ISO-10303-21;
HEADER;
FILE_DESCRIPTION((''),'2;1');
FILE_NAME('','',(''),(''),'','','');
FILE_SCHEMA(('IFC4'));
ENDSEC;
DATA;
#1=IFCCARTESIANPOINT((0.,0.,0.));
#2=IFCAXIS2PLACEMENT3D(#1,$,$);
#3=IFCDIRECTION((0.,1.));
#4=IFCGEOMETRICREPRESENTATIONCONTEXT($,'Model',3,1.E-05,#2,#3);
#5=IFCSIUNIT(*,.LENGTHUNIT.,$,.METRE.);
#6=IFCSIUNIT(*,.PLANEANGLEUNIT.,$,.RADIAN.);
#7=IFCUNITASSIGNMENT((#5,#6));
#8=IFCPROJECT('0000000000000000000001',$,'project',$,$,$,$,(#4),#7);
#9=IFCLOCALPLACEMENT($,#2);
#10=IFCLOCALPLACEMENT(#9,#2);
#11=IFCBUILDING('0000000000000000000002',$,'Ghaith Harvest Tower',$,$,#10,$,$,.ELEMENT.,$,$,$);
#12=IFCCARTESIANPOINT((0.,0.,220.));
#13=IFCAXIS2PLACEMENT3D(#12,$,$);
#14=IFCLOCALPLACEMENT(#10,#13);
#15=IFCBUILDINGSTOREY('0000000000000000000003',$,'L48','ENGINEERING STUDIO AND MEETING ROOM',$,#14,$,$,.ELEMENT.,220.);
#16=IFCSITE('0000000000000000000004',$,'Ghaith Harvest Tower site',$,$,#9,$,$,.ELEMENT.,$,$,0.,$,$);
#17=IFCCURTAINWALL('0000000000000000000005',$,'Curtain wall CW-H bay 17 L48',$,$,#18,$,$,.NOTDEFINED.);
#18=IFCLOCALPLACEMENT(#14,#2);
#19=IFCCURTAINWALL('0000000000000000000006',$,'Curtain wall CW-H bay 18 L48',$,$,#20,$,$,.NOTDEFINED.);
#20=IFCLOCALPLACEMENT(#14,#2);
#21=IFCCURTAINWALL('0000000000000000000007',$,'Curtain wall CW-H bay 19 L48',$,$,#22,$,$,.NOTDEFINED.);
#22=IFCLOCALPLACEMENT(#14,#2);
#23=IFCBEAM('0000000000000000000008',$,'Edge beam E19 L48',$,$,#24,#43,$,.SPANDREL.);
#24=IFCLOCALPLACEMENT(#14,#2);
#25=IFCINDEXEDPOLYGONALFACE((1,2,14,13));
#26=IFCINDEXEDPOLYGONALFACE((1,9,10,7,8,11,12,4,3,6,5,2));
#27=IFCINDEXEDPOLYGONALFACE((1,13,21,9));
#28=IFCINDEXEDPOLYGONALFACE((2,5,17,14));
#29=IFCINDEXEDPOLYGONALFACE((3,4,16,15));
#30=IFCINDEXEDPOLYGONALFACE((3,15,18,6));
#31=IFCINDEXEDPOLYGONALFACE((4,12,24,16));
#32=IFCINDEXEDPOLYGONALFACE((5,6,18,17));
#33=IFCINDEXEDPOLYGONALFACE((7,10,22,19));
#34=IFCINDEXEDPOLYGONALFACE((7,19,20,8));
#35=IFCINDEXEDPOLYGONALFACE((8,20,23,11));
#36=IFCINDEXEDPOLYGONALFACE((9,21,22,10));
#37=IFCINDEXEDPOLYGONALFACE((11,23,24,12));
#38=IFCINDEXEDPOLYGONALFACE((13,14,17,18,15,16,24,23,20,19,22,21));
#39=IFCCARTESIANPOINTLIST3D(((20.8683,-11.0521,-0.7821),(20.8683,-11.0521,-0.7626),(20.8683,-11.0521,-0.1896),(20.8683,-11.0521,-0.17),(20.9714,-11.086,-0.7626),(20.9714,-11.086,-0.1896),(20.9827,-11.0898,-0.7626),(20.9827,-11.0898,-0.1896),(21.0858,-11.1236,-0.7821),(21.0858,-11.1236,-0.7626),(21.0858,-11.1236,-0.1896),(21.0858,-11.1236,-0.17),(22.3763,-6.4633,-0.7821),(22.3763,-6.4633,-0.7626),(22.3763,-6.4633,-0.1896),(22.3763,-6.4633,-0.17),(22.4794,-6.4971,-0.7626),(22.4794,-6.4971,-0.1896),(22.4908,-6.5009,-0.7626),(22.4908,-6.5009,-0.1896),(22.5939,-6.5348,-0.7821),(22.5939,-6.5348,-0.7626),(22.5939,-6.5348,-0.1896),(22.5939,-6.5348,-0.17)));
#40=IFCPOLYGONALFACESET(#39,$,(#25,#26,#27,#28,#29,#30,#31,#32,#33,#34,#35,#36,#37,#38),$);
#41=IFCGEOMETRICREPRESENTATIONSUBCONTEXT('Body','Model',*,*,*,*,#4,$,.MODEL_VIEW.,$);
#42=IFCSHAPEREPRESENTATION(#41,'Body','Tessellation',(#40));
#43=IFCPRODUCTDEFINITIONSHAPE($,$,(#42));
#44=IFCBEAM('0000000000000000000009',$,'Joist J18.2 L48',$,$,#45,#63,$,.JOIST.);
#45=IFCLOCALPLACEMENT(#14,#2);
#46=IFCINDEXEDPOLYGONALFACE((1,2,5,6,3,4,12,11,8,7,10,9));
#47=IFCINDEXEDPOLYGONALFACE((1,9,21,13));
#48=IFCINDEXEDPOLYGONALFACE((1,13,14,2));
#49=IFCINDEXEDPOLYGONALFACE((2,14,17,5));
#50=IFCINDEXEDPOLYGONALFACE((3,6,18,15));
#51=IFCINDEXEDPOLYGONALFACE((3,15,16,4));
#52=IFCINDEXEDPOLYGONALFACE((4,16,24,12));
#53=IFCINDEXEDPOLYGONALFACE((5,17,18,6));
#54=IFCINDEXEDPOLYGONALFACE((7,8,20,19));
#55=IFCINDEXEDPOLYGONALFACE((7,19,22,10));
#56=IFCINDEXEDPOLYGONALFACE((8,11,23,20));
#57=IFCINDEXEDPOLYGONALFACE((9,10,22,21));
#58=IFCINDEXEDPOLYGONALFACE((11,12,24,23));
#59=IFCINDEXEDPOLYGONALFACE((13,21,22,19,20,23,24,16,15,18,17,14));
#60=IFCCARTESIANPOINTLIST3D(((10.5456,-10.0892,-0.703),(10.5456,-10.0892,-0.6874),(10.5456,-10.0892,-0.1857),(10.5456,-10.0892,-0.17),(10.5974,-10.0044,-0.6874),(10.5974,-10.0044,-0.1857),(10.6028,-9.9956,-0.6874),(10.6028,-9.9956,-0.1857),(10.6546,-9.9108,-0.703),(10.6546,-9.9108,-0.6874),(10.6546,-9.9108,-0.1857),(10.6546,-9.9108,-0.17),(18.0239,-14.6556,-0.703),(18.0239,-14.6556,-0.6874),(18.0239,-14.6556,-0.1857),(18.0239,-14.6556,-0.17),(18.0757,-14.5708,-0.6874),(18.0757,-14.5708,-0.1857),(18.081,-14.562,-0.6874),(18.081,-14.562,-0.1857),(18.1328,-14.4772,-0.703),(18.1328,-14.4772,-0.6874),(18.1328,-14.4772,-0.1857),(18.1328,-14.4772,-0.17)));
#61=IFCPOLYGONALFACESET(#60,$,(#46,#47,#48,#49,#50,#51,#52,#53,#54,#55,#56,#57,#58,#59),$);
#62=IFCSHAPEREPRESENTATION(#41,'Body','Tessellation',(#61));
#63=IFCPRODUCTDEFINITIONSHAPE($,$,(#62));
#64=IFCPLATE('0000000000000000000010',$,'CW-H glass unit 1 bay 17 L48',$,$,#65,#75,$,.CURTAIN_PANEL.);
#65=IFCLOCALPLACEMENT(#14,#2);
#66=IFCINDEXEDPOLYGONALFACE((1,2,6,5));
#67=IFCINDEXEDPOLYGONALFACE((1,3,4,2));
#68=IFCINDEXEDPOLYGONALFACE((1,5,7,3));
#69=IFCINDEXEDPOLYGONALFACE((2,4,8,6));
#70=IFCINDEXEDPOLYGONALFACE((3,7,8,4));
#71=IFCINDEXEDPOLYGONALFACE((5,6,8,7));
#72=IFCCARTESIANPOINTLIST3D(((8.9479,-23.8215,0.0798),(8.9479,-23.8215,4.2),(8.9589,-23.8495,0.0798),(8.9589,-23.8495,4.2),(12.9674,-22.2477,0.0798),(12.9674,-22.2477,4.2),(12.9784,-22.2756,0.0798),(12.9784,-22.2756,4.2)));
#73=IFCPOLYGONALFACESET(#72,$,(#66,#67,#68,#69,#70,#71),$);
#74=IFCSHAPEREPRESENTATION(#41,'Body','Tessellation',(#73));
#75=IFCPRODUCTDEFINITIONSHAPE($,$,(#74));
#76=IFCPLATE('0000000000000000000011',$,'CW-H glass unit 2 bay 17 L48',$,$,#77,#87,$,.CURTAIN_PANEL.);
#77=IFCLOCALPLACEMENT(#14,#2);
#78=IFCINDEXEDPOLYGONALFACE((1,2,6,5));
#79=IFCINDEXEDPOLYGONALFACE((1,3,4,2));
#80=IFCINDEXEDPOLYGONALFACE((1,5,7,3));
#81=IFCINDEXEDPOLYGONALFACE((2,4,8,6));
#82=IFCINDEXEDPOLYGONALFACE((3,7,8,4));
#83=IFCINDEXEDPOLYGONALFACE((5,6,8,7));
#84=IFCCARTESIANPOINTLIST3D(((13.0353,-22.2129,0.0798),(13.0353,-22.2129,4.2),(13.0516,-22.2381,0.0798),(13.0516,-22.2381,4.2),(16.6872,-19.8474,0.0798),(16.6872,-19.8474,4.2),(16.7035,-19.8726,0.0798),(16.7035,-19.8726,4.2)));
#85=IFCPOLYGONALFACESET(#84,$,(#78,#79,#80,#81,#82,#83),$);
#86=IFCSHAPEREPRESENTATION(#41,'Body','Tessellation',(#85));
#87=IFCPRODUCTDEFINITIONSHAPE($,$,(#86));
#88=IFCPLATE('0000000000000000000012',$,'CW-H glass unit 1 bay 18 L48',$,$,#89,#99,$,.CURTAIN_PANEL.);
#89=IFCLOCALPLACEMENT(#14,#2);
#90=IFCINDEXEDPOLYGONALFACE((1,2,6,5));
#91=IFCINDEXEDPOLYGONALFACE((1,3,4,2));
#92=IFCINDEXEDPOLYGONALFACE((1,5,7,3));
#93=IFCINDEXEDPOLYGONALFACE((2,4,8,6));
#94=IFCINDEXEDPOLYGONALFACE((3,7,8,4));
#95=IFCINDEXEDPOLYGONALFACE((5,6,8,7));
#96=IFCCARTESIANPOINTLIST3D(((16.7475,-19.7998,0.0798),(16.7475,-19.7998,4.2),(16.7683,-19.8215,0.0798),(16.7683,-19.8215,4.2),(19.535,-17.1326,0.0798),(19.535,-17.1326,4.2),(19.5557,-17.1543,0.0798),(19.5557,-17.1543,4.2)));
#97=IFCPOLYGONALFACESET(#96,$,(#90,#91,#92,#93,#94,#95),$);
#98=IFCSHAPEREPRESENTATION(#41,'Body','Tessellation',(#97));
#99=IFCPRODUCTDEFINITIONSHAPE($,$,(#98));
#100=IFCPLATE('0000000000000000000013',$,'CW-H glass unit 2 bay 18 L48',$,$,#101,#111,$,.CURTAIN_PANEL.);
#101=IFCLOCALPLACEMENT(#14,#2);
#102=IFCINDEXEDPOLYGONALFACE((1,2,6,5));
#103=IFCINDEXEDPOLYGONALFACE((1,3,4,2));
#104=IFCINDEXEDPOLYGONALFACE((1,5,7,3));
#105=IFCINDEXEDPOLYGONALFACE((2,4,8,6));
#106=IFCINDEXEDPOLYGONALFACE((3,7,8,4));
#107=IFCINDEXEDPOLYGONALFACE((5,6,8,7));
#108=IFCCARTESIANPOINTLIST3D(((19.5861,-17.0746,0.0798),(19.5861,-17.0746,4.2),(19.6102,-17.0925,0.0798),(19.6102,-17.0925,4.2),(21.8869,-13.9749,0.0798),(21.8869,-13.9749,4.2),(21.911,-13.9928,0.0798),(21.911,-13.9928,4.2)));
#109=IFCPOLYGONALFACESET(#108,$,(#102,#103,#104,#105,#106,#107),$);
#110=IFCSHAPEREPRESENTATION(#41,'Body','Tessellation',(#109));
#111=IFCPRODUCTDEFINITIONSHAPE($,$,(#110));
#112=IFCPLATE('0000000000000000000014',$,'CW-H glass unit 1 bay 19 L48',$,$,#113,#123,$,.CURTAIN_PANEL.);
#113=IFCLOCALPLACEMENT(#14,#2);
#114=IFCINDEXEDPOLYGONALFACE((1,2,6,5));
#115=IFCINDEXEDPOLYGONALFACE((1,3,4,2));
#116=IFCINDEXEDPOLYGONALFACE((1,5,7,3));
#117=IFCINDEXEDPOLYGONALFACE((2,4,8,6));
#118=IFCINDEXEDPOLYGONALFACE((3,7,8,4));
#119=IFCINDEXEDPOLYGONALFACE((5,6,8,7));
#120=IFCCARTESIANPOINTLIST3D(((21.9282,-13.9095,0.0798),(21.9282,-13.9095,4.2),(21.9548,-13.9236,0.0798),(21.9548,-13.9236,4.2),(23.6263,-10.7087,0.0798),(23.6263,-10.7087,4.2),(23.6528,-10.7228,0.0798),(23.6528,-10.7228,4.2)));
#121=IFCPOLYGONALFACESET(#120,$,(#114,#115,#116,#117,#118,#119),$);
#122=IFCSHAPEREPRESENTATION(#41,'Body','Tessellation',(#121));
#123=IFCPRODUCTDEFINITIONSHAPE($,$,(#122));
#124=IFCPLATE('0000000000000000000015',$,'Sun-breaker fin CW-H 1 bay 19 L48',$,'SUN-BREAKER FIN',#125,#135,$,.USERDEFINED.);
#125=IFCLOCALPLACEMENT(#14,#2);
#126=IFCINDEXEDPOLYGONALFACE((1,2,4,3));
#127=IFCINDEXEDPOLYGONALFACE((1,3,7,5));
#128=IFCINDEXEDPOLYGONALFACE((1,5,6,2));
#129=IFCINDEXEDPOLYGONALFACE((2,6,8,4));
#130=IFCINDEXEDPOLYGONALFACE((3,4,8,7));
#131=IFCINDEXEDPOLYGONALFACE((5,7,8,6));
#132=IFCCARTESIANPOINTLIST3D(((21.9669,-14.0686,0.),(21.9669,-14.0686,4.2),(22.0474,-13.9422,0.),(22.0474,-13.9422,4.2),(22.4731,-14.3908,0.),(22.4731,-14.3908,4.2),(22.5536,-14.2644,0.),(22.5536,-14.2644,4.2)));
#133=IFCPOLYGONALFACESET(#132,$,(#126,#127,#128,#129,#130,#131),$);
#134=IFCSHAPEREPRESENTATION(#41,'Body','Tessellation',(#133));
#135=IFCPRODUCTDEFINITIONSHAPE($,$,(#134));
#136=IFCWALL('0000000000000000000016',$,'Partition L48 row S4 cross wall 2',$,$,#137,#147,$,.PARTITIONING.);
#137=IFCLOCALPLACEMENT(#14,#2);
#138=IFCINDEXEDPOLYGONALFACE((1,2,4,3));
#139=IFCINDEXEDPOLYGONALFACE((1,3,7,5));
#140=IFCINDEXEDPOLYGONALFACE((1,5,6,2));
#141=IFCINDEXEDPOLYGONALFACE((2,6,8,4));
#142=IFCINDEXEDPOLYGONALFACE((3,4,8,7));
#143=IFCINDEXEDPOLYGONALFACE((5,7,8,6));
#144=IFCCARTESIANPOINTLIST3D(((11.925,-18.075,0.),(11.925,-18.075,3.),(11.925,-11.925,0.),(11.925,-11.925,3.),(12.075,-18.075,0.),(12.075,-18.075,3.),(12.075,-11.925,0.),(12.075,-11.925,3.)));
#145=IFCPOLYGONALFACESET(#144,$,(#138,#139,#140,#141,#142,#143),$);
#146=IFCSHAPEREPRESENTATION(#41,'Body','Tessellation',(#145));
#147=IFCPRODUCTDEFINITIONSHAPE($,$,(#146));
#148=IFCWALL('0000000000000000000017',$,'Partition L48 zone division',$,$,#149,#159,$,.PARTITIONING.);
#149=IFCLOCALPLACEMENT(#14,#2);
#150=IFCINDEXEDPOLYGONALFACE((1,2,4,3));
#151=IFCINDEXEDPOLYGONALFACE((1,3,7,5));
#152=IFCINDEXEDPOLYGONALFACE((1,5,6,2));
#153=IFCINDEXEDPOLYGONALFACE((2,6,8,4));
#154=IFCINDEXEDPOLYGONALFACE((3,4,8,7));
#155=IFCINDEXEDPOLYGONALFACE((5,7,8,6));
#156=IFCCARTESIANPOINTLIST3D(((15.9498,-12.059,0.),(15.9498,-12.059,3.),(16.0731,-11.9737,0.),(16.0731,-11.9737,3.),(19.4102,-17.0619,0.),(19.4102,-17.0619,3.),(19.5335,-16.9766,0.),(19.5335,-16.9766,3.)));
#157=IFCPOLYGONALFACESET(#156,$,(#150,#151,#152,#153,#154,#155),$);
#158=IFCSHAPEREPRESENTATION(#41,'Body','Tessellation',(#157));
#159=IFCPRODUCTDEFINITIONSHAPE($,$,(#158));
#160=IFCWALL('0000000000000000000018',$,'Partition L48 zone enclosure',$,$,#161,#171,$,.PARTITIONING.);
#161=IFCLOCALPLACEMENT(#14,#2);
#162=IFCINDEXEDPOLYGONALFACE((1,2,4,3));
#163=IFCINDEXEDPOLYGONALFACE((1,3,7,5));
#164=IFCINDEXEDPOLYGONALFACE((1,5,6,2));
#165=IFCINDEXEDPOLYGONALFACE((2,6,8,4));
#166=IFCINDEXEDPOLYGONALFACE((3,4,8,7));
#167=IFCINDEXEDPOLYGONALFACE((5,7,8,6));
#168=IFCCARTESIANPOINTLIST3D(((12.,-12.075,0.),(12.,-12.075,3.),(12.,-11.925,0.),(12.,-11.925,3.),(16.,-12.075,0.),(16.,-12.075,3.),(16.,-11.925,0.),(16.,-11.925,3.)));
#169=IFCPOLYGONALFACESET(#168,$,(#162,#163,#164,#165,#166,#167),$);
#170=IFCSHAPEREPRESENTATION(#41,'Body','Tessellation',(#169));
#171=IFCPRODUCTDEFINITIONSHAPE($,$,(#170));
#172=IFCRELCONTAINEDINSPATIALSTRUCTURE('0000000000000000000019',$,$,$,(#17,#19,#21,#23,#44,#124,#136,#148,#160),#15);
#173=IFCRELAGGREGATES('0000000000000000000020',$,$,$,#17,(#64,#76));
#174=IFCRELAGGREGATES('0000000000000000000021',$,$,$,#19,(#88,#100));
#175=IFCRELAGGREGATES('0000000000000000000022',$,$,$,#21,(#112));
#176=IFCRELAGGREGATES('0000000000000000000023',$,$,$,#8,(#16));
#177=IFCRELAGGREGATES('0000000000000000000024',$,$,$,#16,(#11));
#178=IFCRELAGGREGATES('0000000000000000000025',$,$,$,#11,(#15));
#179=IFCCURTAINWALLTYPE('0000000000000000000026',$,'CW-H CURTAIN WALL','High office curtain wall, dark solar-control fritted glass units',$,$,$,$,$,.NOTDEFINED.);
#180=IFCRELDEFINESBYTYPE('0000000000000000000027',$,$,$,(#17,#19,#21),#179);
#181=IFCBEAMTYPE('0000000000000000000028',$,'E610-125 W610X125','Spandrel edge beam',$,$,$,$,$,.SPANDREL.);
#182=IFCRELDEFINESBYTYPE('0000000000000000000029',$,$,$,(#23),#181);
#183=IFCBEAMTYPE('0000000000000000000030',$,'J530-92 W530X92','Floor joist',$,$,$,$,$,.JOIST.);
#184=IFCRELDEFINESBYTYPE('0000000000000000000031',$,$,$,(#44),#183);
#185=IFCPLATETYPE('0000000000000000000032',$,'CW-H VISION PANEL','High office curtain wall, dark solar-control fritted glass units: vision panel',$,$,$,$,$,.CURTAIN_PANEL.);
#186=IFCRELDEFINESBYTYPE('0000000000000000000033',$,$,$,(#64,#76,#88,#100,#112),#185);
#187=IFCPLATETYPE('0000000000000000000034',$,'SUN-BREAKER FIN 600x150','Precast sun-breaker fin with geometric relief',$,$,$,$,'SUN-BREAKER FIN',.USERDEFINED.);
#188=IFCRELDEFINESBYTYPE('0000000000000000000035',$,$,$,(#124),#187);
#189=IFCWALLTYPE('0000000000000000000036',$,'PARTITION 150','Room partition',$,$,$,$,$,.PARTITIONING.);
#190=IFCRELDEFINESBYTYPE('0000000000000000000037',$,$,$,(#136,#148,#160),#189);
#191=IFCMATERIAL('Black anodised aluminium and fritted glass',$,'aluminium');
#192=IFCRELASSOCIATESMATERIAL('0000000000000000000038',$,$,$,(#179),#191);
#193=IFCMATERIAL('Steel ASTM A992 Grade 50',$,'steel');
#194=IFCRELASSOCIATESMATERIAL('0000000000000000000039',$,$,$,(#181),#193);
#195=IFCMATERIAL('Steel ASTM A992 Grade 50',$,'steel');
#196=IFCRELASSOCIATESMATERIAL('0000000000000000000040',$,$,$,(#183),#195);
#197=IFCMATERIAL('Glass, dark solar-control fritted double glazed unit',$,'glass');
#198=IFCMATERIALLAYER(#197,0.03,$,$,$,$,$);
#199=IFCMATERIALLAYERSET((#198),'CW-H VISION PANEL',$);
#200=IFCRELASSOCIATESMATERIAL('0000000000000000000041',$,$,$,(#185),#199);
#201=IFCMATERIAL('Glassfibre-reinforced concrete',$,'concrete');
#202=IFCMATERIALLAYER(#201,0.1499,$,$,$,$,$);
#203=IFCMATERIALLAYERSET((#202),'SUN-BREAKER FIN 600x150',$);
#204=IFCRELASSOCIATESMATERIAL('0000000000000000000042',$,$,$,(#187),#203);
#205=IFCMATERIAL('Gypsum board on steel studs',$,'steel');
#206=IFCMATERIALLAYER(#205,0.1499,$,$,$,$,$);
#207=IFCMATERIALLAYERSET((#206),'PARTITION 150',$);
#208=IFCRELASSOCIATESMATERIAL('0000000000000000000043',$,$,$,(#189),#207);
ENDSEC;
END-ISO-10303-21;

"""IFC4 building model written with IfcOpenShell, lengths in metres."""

from ifc_helpers import new_model, si_unit, direction, frame, frame_2d, origin, origin_2d, place, context, subcontext, project, spatial, rectangle, i_section, extrude, material, layer, layer_set, material_profile, profile_set, type_object, element, aggregate, save


model = new_model("IFC4")

# Units and contexts
model_context = context("Model", 3, precision=1e-05, world=origin(), true_north=direction((0.0, 1.0)))
body_context = subcontext(model_context, "Body", "Model", "MODEL_VIEW")
ifc_project = project(units=[si_unit("LENGTHUNIT", "METRE"), si_unit("PLANEANGLEUNIT", "RADIAN")], contexts=[model_context])

# Site, building, storey
site_placement = place(None, origin())
site = spatial("IfcSite", under=ifc_project, at=site_placement, Name="Ghaith Harvest Tower site", CompositionType="ELEMENT", RefElevation=0.0)
building_placement = place(site_placement, origin())
building = spatial("IfcBuilding", under=site, at=building_placement, Name="Ghaith Harvest Tower", CompositionType="ELEMENT")
storey_placement = place(building_placement, frame((0.0, 0.0, 220.0)))
storey = spatial("IfcBuildingStorey", under=building, at=storey_placement, Name="L48", Description="ENGINEERING STUDIO AND MEETING ROOM", CompositionType="ELEMENT", Elevation=220.0)

# Curtain wall
ifc_material_1 = material(Name="Black anodised aluminium and fritted glass", Category="aluminium")
curtain_wall_type = type_object("IfcCurtainWallType", Name="CW-H CURTAIN WALL", Description="High office curtain wall, dark solar-control fritted glass units", PredefinedType="NOTDEFINED", material=ifc_material_1)
curtain_wall_1_placement = place(storey_placement, origin())
curtain_wall_1 = element("IfcCurtainWall", 1, at=curtain_wall_1_placement, inside=storey, type_object=curtain_wall_type, Name="Curtain wall CW-H bay 17 L48", PredefinedType="NOTDEFINED")

# Curtain walls
curtain_wall_2_placement = place(storey_placement, origin())
curtain_wall_2 = element("IfcCurtainWall", 2, at=curtain_wall_2_placement, inside=storey, type_object=curtain_wall_type, Name="Curtain wall CW-H bay 18 L48", PredefinedType="NOTDEFINED")
curtain_wall_3_placement = place(storey_placement, origin())
curtain_wall_3 = element("IfcCurtainWall", 3, at=curtain_wall_3_placement, inside=storey, type_object=curtain_wall_type, Name="Curtain wall CW-H bay 19 L48", PredefinedType="NOTDEFINED")

# Beams
ifc_material_2 = material(Name="Steel ASTM A992 Grade 50", Category="steel")
ifc_material_profile_1 = material_profile(ifc_material_2, i_section(OverallWidth=0.229, OverallDepth=0.6121, WebThickness=0.012, FlangeThickness=0.0195, at=origin_2d()), Name="W610X125")
ifc_profile_set_1 = profile_set([ifc_material_profile_1], Name="Steel ASTM A992 Grade 50")
beam_type_1 = type_object("IfcBeamType", Name="E610-125 W610X125", Description="Spandrel edge beam", PredefinedType="SPANDREL", material=ifc_profile_set_1)
beam_1_placement = place(storey_placement, frame((20.9771, -11.0879, -0.4761), z_axis=(0.312207, 0.950014, 0.0), x_axis=(-0.950014, 0.312207, 0.0)))
element("IfcBeam", 4, at=beam_1_placement, inside=storey, type_object=beam_type_1, Name="Edge beam E19 L48", PredefinedType="SPANDREL", context=body_context, shape_type="SweptSolid", body=[
    extrude(i_section(OverallWidth=0.229, OverallDepth=0.6121, WebThickness=0.012, FlangeThickness=0.0195, at=origin_2d()), origin(), (0.0, 0.0, 1.0), 4.8303),
])
ifc_material_3 = material(Name="Steel ASTM A992 Grade 50", Category="steel")
ifc_material_profile_2 = material_profile(ifc_material_3, i_section(OverallWidth=0.209, OverallDepth=0.533, WebThickness=0.0103, FlangeThickness=0.0156, at=origin_2d()), Name="W530X92")
ifc_profile_set_2 = profile_set([ifc_material_profile_2], Name="Steel ASTM A992 Grade 50")
beam_type_2 = type_object("IfcBeamType", Name="J530-92 W530X92", Description="Floor joist", PredefinedType="JOIST", material=ifc_profile_set_2)
beam_2_placement = place(storey_placement, frame((10.6001, -10.0, -0.4365), z_axis=(0.853467, -0.521147, 0.0), x_axis=(0.521147, 0.853467, 0.0)))
element("IfcBeam", 5, at=beam_2_placement, inside=storey, type_object=beam_type_2, Name="Joist J18.2 L48", PredefinedType="JOIST", context=body_context, shape_type="SweptSolid", body=[
    extrude(i_section(OverallWidth=0.209, OverallDepth=0.533, WebThickness=0.0103, FlangeThickness=0.0156, at=origin_2d()), origin(), (0.0, 0.0, 1.0), 8.7622),
])

# Plates
ifc_material_4 = material(Name="Glass, dark solar-control fritted double glazed unit", Category="glass")
ifc_layer_1 = layer(ifc_material_4, 0.03)
ifc_layer_set_1 = layer_set([ifc_layer_1], Name="CW-H VISION PANEL")
plate_type_1 = type_object("IfcPlateType", Name="CW-H VISION PANEL", Description="High office curtain wall, dark solar-control fritted glass units: vision panel", PredefinedType="CURTAIN_PANEL", material=ifc_layer_set_1)
plate_1_placement = place(storey_placement, frame((10.9631, -23.0486, 0.0798), z_axis=(0.0, 0.0, 1.0), x_axis=(0.931161, 0.364608, 0.0)))
plate_1 = element("IfcPlate", 6, at=plate_1_placement, type_object=plate_type_1, Name="CW-H glass unit 1 bay 17 L48", PredefinedType="CURTAIN_PANEL", context=body_context, shape_type="SweptSolid", body=[
    extrude(rectangle(XDim=4.3167, YDim=0.03, at=origin_2d()), origin(), (0.0, 0.0, 1.0), 4.1201),
])
plate_2_placement = place(storey_placement, frame((14.8694, -21.0427, 0.0798), z_axis=(0.0, 0.0, 1.0), x_axis=(0.839305, 0.54366, 0.0)))
plate_2 = element("IfcPlate", 7, at=plate_2_placement, type_object=plate_type_1, Name="CW-H glass unit 2 bay 17 L48", PredefinedType="CURTAIN_PANEL", context=body_context, shape_type="SweptSolid", body=[
    extrude(rectangle(XDim=4.3511, YDim=0.03, at=origin_2d()), origin(), (0.0, 0.0, 1.0), 4.1201),
])
aggregate(curtain_wall_1, [plate_1, plate_2])
plate_3_placement = place(storey_placement, frame((18.1516, -18.4771, 0.0798), z_axis=(0.0, 0.0, 1.0), x_axis=(0.722533, 0.691337, 0.0)))
plate_3 = element("IfcPlate", 8, at=plate_3_placement, type_object=plate_type_1, Name="CW-H glass unit 1 bay 18 L48", PredefinedType="CURTAIN_PANEL", context=body_context, shape_type="SweptSolid", body=[
    extrude(rectangle(XDim=3.8579, YDim=0.03, at=origin_2d()), origin(), (0.0, 0.0, 1.0), 4.1201),
])
plate_4_placement = place(storey_placement, frame((20.7485, -15.5337, 0.0798), z_axis=(0.0, 0.0, 1.0), x_axis=(0.596019, 0.802971, 0.0)))
plate_4 = element("IfcPlate", 9, at=plate_4_placement, type_object=plate_type_1, Name="CW-H glass unit 2 bay 18 L48", PredefinedType="CURTAIN_PANEL", context=body_context, shape_type="SweptSolid", body=[
    extrude(rectangle(XDim=3.8604, YDim=0.03, at=origin_2d()), origin(), (0.0, 0.0, 1.0), 4.1201),
])
aggregate(curtain_wall_2, [plate_3, plate_4])
plate_5_placement = place(storey_placement, frame((22.7905, -12.3162, 0.0798), z_axis=(0.0, 0.0, 1.0), x_axis=(0.468644, 0.883387, 0.0)))
plate_5 = element("IfcPlate", 10, at=plate_5_placement, type_object=plate_type_1, Name="CW-H glass unit 1 bay 19 L48", PredefinedType="CURTAIN_PANEL", context=body_context, shape_type="SweptSolid", body=[
    extrude(rectangle(XDim=3.6233, YDim=0.03, at=origin_2d()), origin(), (0.0, 0.0, 1.0), 4.1201),
])
aggregate(curtain_wall_3, [plate_5])
ifc_material_5 = material(Name="Glassfibre-reinforced concrete", Category="concrete")
ifc_layer_2 = layer(ifc_material_5, 0.1499)
ifc_layer_set_2 = layer_set([ifc_layer_2], Name="SUN-BREAKER FIN 600x150")
plate_type_2 = type_object("IfcPlateType", Name="SUN-BREAKER FIN 600x150", Description="Precast sun-breaker fin with geometric relief", ElementType="SUN-BREAKER FIN", PredefinedType="USERDEFINED", material=ifc_layer_set_2)
plate_6_placement = place(storey_placement, frame((22.2603, -14.1665, 0.0), z_axis=(0.0, 0.0, 1.0), x_axis=(0.843644, -0.536903, 0.0)))
element("IfcPlate", 11, at=plate_6_placement, inside=storey, type_object=plate_type_2, Name="Sun-breaker fin CW-H 1 bay 19 L48", ObjectType="SUN-BREAKER FIN", PredefinedType="USERDEFINED", context=body_context, shape_type="SweptSolid", body=[
    extrude(rectangle(XDim=0.6001, YDim=0.1499, at=origin_2d()), origin(), (0.0, 0.0, 1.0), 4.2),
])

# Walls
ifc_material_6 = material(Name="Gypsum board on steel studs", Category="steel")
ifc_layer_3 = layer(ifc_material_6, 0.1499)
ifc_layer_set_3 = layer_set([ifc_layer_3], Name="PARTITION 150")
wall_type = type_object("IfcWallType", Name="PARTITION 150", Description="Room partition", PredefinedType="PARTITIONING", material=ifc_layer_set_3)
wall_1_placement = place(storey_placement, frame((12.0, -11.925, 0.0), z_axis=(0.0, 0.0, 1.0), x_axis=(0.0, -1.0, 0.0)))
element("IfcWall", 12, at=wall_1_placement, inside=storey, type_object=wall_type, Name="Partition L48 row S4 cross wall 2", PredefinedType="PARTITIONING", context=body_context, shape_type="SweptSolid", body=[
    extrude(rectangle(XDim=6.1499, YDim=0.1499, at=frame_2d((3.075, 0.0))), origin(), (0.0, 0.0, 1.0), 3.0),
])
wall_2_placement = place(storey_placement, frame((16.0115, -12.0164, 0.0), z_axis=(0.0, 0.0, 1.0), x_axis=(0.568863, -0.822432, 0.0)))
element("IfcWall", 13, at=wall_2_placement, inside=storey, type_object=wall_type, Name="Partition L48 zone division", PredefinedType="PARTITIONING", context=body_context, shape_type="SweptSolid", body=[
    extrude(rectangle(XDim=6.083, YDim=0.1499, at=frame_2d((3.0415, 0.0))), origin(), (0.0, 0.0, 1.0), 3.0),
])

# Wall
wall_3_placement = place(storey_placement, frame((12.0, -12.0, 0.0), z_axis=(0.0, 0.0, 1.0), x_axis=(1.0, 0.0, 0.0)))
element("IfcWall", 14, at=wall_3_placement, inside=storey, type_object=wall_type, Name="Partition L48 zone enclosure", PredefinedType="PARTITIONING", context=body_context, shape_type="SweptSolid", body=[
    extrude(rectangle(XDim=4.0, YDim=0.1499, at=frame_2d((2.0, 0.0))), origin(), (0.0, 0.0, 1.0), 3.0),
])

save(model, "model.ifc")
